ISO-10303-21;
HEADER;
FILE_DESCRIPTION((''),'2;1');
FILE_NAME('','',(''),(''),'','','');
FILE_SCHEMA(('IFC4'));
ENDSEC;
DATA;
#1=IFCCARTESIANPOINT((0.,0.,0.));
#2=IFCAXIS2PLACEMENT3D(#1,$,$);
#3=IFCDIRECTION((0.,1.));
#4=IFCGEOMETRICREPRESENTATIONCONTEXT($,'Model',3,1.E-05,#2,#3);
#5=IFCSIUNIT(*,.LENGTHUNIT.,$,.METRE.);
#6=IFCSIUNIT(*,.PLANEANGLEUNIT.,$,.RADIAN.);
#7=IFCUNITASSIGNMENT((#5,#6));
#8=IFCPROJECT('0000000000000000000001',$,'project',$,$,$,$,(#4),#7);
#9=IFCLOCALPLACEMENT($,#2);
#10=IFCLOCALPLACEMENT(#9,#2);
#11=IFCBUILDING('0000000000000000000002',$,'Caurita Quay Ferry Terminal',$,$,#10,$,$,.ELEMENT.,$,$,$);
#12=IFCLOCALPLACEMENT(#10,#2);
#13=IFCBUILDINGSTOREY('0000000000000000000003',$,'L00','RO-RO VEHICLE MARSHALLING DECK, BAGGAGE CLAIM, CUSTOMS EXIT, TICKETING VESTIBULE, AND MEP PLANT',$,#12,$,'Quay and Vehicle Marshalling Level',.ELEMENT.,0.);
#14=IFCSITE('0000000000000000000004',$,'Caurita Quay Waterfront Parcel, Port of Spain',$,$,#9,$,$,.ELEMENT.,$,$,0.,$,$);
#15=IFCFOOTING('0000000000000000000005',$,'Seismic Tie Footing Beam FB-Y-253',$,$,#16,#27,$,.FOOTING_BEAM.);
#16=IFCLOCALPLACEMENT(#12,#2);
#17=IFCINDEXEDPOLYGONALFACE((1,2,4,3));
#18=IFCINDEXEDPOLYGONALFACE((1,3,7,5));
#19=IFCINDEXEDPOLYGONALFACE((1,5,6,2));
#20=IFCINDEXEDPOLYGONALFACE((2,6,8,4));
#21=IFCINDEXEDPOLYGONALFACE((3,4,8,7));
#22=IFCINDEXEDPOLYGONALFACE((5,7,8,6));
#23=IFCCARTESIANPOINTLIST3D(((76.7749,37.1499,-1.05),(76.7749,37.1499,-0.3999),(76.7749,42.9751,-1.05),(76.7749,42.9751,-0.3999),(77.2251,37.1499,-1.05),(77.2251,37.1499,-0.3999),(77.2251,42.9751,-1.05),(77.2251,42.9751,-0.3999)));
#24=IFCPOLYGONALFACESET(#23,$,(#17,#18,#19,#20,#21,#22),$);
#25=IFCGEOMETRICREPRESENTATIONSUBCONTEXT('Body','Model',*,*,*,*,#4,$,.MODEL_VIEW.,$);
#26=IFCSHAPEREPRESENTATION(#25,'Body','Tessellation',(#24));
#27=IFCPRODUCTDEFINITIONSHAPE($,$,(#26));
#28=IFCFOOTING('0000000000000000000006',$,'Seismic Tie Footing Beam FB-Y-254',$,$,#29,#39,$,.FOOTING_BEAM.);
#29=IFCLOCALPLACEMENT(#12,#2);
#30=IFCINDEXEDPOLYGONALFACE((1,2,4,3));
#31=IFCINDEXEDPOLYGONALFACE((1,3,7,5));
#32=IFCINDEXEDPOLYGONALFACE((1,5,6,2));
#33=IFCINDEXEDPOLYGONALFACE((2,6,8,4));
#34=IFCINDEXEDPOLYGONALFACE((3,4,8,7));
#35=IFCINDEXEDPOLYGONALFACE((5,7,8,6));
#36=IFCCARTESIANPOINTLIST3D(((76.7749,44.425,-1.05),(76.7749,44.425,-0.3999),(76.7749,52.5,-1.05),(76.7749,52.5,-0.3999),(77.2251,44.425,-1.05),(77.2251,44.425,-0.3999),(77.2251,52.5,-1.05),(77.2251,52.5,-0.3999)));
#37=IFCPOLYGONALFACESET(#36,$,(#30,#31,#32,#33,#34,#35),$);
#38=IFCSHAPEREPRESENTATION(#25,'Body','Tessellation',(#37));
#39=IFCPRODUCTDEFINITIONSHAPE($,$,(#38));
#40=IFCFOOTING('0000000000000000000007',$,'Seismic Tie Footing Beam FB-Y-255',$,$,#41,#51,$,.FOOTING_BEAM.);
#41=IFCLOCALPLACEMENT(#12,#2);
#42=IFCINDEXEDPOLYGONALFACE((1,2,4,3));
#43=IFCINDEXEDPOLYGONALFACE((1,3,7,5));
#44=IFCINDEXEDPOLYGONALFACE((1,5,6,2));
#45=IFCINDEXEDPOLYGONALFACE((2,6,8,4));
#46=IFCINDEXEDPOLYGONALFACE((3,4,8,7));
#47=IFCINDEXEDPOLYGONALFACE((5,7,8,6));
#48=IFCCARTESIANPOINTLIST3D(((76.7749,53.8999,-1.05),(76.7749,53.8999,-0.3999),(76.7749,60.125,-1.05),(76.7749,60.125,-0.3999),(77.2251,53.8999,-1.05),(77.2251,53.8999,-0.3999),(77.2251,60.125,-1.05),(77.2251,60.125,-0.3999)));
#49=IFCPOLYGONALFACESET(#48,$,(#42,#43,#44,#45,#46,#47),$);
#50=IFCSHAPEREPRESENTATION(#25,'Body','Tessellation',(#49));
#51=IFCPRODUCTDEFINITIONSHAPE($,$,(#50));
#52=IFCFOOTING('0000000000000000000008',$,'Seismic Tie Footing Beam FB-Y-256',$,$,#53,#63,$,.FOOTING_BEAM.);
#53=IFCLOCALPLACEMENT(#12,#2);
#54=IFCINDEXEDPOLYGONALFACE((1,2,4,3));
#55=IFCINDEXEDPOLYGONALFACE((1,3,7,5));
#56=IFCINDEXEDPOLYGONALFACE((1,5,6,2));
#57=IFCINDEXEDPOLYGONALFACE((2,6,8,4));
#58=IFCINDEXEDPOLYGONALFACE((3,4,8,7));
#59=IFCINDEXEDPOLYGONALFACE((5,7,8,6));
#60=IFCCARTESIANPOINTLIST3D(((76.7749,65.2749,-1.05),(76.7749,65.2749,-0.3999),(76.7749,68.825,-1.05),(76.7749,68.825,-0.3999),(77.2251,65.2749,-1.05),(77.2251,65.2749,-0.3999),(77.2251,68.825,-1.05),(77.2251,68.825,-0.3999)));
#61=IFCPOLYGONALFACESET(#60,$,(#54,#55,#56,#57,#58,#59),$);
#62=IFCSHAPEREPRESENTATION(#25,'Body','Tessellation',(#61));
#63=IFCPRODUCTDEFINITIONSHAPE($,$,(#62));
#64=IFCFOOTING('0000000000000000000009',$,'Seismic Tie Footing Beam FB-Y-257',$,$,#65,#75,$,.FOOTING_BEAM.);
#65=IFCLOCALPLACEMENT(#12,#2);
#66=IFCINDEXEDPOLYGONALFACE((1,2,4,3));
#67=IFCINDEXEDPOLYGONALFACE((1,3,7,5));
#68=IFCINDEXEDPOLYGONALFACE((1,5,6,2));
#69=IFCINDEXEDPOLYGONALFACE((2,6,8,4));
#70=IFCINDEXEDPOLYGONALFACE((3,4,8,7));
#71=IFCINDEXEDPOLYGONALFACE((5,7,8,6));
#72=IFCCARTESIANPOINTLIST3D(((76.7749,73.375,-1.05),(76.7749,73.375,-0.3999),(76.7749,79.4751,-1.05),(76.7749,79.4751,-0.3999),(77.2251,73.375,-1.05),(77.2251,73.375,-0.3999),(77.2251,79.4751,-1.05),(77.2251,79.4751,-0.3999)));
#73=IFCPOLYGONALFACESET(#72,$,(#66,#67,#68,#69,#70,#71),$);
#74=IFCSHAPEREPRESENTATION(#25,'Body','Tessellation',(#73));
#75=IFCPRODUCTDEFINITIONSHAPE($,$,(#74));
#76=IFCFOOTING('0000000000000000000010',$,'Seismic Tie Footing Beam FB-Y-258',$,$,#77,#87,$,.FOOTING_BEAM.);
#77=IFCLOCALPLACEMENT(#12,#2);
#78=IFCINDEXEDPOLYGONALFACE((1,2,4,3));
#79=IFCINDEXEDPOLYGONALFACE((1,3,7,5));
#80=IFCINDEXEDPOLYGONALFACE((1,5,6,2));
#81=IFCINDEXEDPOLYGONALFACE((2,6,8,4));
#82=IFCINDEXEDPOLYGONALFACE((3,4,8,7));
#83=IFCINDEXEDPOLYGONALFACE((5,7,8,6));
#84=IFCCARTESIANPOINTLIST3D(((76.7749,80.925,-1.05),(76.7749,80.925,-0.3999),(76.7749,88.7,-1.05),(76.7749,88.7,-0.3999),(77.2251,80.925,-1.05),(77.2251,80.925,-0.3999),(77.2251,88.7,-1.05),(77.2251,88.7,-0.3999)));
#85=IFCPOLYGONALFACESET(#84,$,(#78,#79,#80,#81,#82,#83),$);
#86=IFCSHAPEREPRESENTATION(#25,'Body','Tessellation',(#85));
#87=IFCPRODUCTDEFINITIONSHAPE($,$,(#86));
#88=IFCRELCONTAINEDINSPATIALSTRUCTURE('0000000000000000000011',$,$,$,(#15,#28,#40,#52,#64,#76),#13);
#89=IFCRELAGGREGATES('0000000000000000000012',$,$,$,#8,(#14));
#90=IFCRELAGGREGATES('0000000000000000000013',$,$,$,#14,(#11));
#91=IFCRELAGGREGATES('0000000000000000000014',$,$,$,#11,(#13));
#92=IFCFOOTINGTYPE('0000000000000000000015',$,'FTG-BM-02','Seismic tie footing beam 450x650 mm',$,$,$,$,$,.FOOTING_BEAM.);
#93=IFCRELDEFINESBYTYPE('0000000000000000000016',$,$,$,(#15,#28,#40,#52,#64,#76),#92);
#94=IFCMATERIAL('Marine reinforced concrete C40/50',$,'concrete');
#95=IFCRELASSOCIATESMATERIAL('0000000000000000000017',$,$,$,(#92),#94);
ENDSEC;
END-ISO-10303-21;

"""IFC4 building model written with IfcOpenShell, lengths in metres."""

from ifc_helpers import new_model, si_unit, direction, frame, origin, place, context, subcontext, project, spatial, polyline, outline, extrude, material, type_object, element, save


model = new_model("IFC4")

# Units and contexts
model_context = context("Model", 3, precision=1e-05, world=origin(), true_north=direction((0.0, 1.0)))
body_context = subcontext(model_context, "Body", "Model", "MODEL_VIEW")
ifc_project = project(units=[si_unit("LENGTHUNIT", "METRE"), si_unit("PLANEANGLEUNIT", "RADIAN")], contexts=[model_context])

# Site, building, storey
site_placement = place(None, origin())
site = spatial("IfcSite", under=ifc_project, at=site_placement, Name="Caurita Quay Waterfront Parcel, Port of Spain", CompositionType="ELEMENT", RefElevation=0.0)
building_placement = place(site_placement, origin())
building = spatial("IfcBuilding", under=site, at=building_placement, Name="Caurita Quay Ferry Terminal", CompositionType="ELEMENT")
storey_placement = place(building_placement, origin())
storey = spatial("IfcBuildingStorey", under=building, at=storey_placement, Name="L00", Description="RO-RO VEHICLE MARSHALLING DECK, BAGGAGE CLAIM, CUSTOMS EXIT, TICKETING VESTIBULE, AND MEP PLANT", LongName="Quay and Vehicle Marshalling Level", CompositionType="ELEMENT", Elevation=0.0)

# Footings
ifc_material = material(Name="Marine reinforced concrete C40/50", Category="concrete")
footing_type = type_object("IfcFootingType", Name="FTG-BM-02", Description="Seismic tie footing beam 450x650 mm", PredefinedType="FOOTING_BEAM", material=ifc_material)
footing_1_placement = place(storey_placement, frame((0.0, 0.0, -1.05)))
element("IfcFooting", 1, at=footing_1_placement, inside=storey, type_object=footing_type, Name="Seismic Tie Footing Beam FB-Y-253", PredefinedType="FOOTING_BEAM", context=body_context, shape_type="SweptSolid", body=[
    extrude(outline(polyline([(76.7749, 37.1499), (77.2251, 37.1499), (77.2251, 42.9751), (76.7749, 42.9751), (76.7749, 37.1499)])), origin(), (0.0, 0.0, 1.0), 0.6501),
])
footing_2_placement = place(storey_placement, frame((0.0, 0.0, -1.05)))
element("IfcFooting", 2, at=footing_2_placement, inside=storey, type_object=footing_type, Name="Seismic Tie Footing Beam FB-Y-254", PredefinedType="FOOTING_BEAM", context=body_context, shape_type="SweptSolid", body=[
    extrude(outline(polyline([(76.7749, 44.425), (77.2251, 44.425), (77.2251, 52.5), (76.7749, 52.5), (76.7749, 44.425)])), origin(), (0.0, 0.0, 1.0), 0.6501),
])
footing_3_placement = place(storey_placement, frame((0.0, 0.0, -1.05)))
element("IfcFooting", 3, at=footing_3_placement, inside=storey, type_object=footing_type, Name="Seismic Tie Footing Beam FB-Y-255", PredefinedType="FOOTING_BEAM", context=body_context, shape_type="SweptSolid", body=[
    extrude(outline(polyline([(76.7749, 53.8999), (77.2251, 53.8999), (77.2251, 60.125), (76.7749, 60.125), (76.7749, 53.8999)])), origin(), (0.0, 0.0, 1.0), 0.6501),
])
footing_4_placement = place(storey_placement, frame((0.0, 0.0, -1.05)))
element("IfcFooting", 4, at=footing_4_placement, inside=storey, type_object=footing_type, Name="Seismic Tie Footing Beam FB-Y-256", PredefinedType="FOOTING_BEAM", context=body_context, shape_type="SweptSolid", body=[
    extrude(outline(polyline([(76.7749, 65.2749), (77.2251, 65.2749), (77.2251, 68.825), (76.7749, 68.825), (76.7749, 65.2749)])), origin(), (0.0, 0.0, 1.0), 0.6501),
])
footing_5_placement = place(storey_placement, frame((0.0, 0.0, -1.05)))
element("IfcFooting", 5, at=footing_5_placement, inside=storey, type_object=footing_type, Name="Seismic Tie Footing Beam FB-Y-257", PredefinedType="FOOTING_BEAM", context=body_context, shape_type="SweptSolid", body=[
    extrude(outline(polyline([(76.7749, 73.375), (77.2251, 73.375), (77.2251, 79.4751), (76.7749, 79.4751), (76.7749, 73.375)])), origin(), (0.0, 0.0, 1.0), 0.6501),
])
footing_6_placement = place(storey_placement, frame((0.0, 0.0, -1.05)))
element("IfcFooting", 6, at=footing_6_placement, inside=storey, type_object=footing_type, Name="Seismic Tie Footing Beam FB-Y-258", PredefinedType="FOOTING_BEAM", context=body_context, shape_type="SweptSolid", body=[
    extrude(outline(polyline([(76.7749, 80.925), (77.2251, 80.925), (77.2251, 88.7), (76.7749, 88.7), (76.7749, 80.925)])), origin(), (0.0, 0.0, 1.0), 0.6501),
])

save(model, "model.ifc")
